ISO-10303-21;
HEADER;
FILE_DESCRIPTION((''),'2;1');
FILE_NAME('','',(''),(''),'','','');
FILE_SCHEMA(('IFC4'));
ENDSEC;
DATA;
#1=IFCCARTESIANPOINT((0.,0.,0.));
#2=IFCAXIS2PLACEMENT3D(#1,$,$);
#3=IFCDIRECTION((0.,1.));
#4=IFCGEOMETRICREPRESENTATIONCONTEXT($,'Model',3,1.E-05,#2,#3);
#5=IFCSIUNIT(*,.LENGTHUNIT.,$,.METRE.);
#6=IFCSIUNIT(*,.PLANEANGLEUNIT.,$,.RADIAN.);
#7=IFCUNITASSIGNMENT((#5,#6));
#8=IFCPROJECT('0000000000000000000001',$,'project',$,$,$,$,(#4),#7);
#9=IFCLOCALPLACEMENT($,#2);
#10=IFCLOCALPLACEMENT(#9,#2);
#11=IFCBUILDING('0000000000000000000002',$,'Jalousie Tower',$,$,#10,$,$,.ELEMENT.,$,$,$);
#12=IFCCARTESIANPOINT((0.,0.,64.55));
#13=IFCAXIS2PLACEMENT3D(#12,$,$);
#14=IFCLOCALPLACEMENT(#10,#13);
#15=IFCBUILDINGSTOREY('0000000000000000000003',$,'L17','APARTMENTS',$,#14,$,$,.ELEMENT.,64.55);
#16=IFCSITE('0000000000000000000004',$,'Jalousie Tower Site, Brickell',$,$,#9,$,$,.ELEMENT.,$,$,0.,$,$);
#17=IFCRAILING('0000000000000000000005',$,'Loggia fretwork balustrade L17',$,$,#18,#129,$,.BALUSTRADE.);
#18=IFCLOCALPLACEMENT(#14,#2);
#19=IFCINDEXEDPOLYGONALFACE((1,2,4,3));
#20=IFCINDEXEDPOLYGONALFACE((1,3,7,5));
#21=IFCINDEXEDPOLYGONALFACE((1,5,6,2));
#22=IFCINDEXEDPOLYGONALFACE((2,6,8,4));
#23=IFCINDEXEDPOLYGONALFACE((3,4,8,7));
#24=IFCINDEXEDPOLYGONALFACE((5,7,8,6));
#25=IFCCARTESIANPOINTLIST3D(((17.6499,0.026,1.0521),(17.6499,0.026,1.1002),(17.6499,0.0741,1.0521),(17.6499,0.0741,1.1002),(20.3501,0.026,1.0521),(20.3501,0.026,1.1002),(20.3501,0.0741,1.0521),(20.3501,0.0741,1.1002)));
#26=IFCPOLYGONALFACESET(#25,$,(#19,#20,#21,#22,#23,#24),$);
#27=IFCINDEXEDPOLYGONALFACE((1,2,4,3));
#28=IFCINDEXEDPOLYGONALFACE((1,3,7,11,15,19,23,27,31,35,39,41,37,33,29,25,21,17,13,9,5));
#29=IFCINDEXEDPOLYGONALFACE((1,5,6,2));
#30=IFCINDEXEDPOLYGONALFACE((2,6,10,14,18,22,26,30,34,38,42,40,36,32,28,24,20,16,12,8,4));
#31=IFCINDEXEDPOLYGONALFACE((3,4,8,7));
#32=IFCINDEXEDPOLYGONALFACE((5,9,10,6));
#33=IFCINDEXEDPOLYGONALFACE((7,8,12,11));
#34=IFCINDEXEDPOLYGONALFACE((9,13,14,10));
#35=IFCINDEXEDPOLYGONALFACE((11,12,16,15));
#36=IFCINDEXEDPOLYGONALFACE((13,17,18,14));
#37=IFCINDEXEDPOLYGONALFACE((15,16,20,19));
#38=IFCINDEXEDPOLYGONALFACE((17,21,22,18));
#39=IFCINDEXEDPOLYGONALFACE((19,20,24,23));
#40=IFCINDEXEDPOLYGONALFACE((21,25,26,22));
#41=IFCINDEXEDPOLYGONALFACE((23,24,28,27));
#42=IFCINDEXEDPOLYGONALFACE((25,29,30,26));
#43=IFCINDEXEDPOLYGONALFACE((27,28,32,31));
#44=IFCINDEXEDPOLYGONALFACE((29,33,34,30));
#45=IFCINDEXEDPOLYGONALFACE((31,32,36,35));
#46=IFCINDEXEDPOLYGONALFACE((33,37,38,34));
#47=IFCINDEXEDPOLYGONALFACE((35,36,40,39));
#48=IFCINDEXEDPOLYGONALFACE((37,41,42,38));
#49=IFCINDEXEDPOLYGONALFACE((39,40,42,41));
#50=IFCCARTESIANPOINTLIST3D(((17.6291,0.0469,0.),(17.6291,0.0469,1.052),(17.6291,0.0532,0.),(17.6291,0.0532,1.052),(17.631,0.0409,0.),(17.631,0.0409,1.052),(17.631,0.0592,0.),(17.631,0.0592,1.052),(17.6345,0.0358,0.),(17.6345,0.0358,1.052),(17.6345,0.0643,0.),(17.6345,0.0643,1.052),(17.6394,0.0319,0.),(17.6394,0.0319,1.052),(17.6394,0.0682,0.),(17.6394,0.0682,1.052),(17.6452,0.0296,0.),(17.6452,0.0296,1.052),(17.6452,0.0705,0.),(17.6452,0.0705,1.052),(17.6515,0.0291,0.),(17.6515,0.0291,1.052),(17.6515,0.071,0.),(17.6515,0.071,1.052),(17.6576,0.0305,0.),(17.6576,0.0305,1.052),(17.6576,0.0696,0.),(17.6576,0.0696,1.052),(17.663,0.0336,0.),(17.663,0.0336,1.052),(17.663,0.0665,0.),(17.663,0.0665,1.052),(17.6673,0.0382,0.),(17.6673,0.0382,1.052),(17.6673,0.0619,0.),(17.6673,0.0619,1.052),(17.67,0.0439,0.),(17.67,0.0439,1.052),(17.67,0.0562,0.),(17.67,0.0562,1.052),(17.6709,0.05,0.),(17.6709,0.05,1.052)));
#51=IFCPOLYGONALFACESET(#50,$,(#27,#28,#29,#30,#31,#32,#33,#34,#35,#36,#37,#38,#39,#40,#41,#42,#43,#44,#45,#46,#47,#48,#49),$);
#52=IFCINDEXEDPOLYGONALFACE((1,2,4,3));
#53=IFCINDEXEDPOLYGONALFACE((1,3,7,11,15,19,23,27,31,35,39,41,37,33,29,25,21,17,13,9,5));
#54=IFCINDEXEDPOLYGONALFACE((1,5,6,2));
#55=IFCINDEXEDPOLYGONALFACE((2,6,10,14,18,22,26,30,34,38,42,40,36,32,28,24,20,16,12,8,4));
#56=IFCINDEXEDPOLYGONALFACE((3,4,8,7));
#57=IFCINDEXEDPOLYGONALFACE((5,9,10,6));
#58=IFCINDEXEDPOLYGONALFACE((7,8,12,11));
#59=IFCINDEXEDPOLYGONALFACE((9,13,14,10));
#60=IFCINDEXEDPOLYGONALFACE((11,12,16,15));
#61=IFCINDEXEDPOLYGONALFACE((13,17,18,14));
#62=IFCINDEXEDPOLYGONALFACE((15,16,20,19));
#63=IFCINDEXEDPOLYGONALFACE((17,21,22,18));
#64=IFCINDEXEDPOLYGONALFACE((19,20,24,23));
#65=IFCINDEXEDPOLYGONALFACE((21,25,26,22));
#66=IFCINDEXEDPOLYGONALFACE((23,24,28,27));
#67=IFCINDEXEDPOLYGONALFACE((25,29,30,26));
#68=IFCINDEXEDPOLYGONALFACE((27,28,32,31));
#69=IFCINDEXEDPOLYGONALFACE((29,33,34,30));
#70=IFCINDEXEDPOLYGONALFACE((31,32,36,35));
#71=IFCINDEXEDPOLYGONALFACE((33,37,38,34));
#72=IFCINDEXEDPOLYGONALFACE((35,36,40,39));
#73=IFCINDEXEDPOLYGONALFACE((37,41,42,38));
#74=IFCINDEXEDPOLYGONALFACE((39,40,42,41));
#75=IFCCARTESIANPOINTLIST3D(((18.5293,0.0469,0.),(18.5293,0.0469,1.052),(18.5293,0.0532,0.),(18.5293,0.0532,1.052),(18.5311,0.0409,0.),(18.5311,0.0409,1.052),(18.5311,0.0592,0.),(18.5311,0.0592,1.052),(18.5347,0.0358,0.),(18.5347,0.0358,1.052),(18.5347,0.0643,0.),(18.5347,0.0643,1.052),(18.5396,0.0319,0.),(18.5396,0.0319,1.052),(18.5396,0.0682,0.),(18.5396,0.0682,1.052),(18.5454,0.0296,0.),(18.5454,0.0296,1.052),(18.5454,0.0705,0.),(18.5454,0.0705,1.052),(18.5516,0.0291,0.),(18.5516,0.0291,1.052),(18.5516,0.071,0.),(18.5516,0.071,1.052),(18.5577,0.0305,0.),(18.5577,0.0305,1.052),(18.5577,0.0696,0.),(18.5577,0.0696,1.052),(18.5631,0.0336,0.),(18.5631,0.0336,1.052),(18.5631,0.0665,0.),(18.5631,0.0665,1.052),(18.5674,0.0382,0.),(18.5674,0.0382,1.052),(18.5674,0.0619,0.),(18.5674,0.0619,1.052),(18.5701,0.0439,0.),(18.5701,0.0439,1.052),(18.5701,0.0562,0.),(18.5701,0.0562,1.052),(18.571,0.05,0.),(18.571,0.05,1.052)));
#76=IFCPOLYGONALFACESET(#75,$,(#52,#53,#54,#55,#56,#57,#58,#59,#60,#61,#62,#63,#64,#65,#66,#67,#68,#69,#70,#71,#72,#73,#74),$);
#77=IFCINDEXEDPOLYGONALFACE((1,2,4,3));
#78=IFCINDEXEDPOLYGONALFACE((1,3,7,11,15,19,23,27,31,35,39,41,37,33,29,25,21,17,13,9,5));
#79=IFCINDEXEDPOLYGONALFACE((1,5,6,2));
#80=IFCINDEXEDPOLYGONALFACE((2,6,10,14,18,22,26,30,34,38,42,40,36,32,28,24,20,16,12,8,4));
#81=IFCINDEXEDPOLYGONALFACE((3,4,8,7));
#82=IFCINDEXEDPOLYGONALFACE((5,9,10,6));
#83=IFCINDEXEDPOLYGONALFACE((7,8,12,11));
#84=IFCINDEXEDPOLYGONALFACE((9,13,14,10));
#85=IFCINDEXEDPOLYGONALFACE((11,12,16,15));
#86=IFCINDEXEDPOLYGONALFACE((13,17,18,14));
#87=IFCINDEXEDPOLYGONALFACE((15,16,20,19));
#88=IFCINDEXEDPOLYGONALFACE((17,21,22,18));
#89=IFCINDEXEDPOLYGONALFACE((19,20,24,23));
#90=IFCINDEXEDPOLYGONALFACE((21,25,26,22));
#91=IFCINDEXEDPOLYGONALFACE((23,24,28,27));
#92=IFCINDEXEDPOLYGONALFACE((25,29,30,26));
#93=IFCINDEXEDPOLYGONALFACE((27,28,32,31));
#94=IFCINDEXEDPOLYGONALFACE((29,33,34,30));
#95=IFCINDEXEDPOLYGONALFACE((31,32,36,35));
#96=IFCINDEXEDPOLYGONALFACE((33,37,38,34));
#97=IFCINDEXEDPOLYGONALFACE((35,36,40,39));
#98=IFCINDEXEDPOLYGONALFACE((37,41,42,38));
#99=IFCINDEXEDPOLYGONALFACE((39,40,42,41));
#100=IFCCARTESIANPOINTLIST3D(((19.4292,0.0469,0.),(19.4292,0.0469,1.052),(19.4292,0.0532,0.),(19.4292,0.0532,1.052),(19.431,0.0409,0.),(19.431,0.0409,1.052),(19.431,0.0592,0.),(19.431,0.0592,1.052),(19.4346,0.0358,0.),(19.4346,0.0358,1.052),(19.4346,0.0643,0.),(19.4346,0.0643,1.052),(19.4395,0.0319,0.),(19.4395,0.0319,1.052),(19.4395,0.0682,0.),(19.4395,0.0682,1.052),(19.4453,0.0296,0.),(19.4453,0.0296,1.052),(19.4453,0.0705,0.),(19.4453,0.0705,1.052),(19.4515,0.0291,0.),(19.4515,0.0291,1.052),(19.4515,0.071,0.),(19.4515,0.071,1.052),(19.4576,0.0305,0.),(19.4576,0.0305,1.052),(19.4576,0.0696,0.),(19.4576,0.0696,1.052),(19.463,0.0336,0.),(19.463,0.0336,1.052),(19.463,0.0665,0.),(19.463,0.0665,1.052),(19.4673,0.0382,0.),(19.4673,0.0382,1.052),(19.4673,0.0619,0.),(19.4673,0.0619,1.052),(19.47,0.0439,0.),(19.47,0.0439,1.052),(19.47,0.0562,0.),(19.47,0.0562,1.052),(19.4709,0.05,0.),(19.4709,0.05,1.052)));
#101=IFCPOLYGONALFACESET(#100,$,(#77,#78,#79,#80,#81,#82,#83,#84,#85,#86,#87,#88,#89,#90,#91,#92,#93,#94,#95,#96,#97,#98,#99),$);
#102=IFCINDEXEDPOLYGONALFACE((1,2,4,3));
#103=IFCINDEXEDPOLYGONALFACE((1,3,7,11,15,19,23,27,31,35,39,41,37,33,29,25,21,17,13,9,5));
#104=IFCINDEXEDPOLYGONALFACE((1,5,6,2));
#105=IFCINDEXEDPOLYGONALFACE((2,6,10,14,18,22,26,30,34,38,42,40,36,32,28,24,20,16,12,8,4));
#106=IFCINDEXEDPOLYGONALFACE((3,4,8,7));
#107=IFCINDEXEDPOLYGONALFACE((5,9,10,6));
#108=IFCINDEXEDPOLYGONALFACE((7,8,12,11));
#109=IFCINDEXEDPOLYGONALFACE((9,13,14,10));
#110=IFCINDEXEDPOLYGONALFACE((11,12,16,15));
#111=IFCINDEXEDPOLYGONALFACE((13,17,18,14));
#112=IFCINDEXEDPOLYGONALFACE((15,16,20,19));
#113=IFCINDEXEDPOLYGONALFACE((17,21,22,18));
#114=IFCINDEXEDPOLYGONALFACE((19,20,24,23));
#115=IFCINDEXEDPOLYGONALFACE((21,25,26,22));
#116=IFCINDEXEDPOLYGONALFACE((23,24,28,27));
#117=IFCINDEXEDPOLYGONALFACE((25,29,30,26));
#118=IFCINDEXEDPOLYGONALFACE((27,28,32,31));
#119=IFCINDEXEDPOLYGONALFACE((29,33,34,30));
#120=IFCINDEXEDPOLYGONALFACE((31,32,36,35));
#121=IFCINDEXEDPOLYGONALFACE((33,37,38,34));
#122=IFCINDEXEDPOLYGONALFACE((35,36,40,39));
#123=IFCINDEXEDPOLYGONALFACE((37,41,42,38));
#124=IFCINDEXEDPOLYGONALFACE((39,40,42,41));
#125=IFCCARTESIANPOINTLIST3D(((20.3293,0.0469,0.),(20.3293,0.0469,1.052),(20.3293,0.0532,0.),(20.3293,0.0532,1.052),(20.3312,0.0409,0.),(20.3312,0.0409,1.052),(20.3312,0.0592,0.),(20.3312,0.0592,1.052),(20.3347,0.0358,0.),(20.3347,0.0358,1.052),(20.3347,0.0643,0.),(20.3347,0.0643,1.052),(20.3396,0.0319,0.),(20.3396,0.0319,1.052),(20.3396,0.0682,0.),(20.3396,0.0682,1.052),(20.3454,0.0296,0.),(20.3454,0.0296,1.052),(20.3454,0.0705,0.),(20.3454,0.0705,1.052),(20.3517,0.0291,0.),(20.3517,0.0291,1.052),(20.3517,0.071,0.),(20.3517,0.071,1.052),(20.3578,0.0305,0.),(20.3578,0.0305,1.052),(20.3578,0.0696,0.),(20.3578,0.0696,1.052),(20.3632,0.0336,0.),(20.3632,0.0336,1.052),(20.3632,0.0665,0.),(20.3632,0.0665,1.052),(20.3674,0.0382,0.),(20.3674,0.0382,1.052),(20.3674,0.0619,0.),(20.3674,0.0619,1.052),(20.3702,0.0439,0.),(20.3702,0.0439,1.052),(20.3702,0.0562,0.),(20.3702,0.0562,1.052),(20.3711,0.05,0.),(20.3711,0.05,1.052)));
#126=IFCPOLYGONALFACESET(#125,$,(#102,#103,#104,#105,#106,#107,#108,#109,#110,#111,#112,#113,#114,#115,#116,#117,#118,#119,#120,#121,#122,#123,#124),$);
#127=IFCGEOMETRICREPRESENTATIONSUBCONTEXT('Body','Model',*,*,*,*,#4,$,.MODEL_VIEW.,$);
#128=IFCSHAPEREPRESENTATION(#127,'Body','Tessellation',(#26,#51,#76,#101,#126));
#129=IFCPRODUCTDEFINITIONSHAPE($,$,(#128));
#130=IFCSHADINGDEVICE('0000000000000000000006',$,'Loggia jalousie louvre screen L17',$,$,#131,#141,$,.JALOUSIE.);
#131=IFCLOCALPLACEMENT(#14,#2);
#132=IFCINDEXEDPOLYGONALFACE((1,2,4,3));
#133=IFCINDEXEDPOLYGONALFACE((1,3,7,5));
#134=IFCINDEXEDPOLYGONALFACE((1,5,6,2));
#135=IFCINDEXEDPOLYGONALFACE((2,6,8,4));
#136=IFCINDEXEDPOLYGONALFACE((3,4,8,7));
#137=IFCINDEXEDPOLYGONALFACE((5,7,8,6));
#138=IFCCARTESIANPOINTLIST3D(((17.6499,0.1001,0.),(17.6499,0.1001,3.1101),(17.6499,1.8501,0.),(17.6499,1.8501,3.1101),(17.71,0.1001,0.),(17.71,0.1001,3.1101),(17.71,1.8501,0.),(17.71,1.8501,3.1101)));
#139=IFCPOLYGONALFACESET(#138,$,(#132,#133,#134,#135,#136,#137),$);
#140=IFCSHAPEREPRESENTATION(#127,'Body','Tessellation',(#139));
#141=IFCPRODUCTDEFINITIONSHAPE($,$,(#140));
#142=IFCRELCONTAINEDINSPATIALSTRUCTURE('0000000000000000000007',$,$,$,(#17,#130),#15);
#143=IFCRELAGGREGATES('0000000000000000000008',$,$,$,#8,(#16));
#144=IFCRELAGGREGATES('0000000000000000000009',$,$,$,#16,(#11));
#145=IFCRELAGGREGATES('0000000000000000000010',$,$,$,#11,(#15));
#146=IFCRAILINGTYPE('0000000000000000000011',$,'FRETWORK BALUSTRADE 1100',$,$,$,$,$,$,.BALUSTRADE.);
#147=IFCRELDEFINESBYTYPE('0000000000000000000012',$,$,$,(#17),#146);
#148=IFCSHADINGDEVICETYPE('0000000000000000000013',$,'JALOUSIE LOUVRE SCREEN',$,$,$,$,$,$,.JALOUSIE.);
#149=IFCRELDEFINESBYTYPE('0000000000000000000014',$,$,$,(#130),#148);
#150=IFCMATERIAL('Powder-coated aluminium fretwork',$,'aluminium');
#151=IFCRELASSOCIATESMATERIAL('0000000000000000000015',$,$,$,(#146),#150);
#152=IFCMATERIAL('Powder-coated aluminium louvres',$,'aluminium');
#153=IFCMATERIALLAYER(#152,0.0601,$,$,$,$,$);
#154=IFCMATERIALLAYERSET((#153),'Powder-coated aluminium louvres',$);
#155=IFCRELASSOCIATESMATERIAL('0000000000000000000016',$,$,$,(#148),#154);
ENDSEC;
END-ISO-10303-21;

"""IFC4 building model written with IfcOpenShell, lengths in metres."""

from ifc_helpers import new_model, si_unit, direction, frame, origin, origin_2d, place, context, subcontext, project, spatial, rectangle, circle, extrude, material, layer, layer_set, type_object, element, save


model = new_model("IFC4")

# Units and contexts
model_context = context("Model", 3, precision=1e-05, world=origin(), true_north=direction((0.0, 1.0)))
body_context = subcontext(model_context, "Body", "Model", "MODEL_VIEW")
ifc_project = project(units=[si_unit("LENGTHUNIT", "METRE"), si_unit("PLANEANGLEUNIT", "RADIAN")], contexts=[model_context])

# Site, building, storey
site_placement = place(None, origin())
site = spatial("IfcSite", under=ifc_project, at=site_placement, Name="Jalousie Tower Site, Brickell", CompositionType="ELEMENT", RefElevation=0.0)
building_placement = place(site_placement, origin())
building = spatial("IfcBuilding", under=site, at=building_placement, Name="Jalousie Tower", CompositionType="ELEMENT")
storey_placement = place(building_placement, frame((0.0, 0.0, 64.55)))
storey = spatial("IfcBuildingStorey", under=building, at=storey_placement, Name="L17", Description="APARTMENTS", CompositionType="ELEMENT", Elevation=64.55)

# Railing
ifc_material_1 = material(Name="Powder-coated aluminium fretwork", Category="aluminium")
railing_type = type_object("IfcRailingType", Name="FRETWORK BALUSTRADE 1100", PredefinedType="BALUSTRADE", material=ifc_material_1)
railing_placement = place(storey_placement, frame((17.6499, 0.05, 0.0)))
element("IfcRailing", 1, at=railing_placement, inside=storey, type_object=railing_type, Name="Loggia fretwork balustrade L17", PredefinedType="BALUSTRADE", context=body_context, shape_type="SweptSolid", body=[
    extrude(rectangle(XDim=0.0481, YDim=0.0481, at=origin_2d()), frame((0.0, 0.0, 1.0762), z_axis=(1.0, 0.0, 0.0), x_axis=(0.0, 1.0, 0.0)), (0.0, 0.0, 1.0), 2.7002),
    extrude(circle(Radius=0.021, at=origin_2d()), origin(), (0.0, 0.0, 1.0), 1.052),
    extrude(circle(Radius=0.021, at=origin_2d()), frame((0.9001, 0.0, 0.0)), (0.0, 0.0, 1.0), 1.052),
    extrude(circle(Radius=0.021, at=origin_2d()), frame((1.8, 0.0, 0.0)), (0.0, 0.0, 1.0), 1.052),
    extrude(circle(Radius=0.021, at=origin_2d()), frame((2.7002, 0.0, 0.0)), (0.0, 0.0, 1.0), 1.052),
])

# Shading device
ifc_material_2 = material(Name="Powder-coated aluminium louvres", Category="aluminium")
ifc_layer_1 = layer(ifc_material_2, 0.0601)
ifc_layer_set_1 = layer_set([ifc_layer_1], Name="Powder-coated aluminium louvres")
shading_device_type = type_object("IfcShadingDeviceType", Name="JALOUSIE LOUVRE SCREEN", PredefinedType="JALOUSIE", material=ifc_layer_set_1)
shading_device_placement = place(storey_placement, frame((17.6799, 0.9751, 0.0), z_axis=(0.0, 0.0, 1.0), x_axis=(1.0, 0.0, 0.0)))
element("IfcShadingDevice", 2, at=shading_device_placement, inside=storey, type_object=shading_device_type, Name="Loggia jalousie louvre screen L17", PredefinedType="JALOUSIE", context=body_context, shape_type="SweptSolid", body=[
    extrude(rectangle(XDim=0.0601, YDim=1.75, at=origin_2d()), origin(), (0.0, 0.0, 1.0), 3.1101),
])

save(model, "model.ifc")
